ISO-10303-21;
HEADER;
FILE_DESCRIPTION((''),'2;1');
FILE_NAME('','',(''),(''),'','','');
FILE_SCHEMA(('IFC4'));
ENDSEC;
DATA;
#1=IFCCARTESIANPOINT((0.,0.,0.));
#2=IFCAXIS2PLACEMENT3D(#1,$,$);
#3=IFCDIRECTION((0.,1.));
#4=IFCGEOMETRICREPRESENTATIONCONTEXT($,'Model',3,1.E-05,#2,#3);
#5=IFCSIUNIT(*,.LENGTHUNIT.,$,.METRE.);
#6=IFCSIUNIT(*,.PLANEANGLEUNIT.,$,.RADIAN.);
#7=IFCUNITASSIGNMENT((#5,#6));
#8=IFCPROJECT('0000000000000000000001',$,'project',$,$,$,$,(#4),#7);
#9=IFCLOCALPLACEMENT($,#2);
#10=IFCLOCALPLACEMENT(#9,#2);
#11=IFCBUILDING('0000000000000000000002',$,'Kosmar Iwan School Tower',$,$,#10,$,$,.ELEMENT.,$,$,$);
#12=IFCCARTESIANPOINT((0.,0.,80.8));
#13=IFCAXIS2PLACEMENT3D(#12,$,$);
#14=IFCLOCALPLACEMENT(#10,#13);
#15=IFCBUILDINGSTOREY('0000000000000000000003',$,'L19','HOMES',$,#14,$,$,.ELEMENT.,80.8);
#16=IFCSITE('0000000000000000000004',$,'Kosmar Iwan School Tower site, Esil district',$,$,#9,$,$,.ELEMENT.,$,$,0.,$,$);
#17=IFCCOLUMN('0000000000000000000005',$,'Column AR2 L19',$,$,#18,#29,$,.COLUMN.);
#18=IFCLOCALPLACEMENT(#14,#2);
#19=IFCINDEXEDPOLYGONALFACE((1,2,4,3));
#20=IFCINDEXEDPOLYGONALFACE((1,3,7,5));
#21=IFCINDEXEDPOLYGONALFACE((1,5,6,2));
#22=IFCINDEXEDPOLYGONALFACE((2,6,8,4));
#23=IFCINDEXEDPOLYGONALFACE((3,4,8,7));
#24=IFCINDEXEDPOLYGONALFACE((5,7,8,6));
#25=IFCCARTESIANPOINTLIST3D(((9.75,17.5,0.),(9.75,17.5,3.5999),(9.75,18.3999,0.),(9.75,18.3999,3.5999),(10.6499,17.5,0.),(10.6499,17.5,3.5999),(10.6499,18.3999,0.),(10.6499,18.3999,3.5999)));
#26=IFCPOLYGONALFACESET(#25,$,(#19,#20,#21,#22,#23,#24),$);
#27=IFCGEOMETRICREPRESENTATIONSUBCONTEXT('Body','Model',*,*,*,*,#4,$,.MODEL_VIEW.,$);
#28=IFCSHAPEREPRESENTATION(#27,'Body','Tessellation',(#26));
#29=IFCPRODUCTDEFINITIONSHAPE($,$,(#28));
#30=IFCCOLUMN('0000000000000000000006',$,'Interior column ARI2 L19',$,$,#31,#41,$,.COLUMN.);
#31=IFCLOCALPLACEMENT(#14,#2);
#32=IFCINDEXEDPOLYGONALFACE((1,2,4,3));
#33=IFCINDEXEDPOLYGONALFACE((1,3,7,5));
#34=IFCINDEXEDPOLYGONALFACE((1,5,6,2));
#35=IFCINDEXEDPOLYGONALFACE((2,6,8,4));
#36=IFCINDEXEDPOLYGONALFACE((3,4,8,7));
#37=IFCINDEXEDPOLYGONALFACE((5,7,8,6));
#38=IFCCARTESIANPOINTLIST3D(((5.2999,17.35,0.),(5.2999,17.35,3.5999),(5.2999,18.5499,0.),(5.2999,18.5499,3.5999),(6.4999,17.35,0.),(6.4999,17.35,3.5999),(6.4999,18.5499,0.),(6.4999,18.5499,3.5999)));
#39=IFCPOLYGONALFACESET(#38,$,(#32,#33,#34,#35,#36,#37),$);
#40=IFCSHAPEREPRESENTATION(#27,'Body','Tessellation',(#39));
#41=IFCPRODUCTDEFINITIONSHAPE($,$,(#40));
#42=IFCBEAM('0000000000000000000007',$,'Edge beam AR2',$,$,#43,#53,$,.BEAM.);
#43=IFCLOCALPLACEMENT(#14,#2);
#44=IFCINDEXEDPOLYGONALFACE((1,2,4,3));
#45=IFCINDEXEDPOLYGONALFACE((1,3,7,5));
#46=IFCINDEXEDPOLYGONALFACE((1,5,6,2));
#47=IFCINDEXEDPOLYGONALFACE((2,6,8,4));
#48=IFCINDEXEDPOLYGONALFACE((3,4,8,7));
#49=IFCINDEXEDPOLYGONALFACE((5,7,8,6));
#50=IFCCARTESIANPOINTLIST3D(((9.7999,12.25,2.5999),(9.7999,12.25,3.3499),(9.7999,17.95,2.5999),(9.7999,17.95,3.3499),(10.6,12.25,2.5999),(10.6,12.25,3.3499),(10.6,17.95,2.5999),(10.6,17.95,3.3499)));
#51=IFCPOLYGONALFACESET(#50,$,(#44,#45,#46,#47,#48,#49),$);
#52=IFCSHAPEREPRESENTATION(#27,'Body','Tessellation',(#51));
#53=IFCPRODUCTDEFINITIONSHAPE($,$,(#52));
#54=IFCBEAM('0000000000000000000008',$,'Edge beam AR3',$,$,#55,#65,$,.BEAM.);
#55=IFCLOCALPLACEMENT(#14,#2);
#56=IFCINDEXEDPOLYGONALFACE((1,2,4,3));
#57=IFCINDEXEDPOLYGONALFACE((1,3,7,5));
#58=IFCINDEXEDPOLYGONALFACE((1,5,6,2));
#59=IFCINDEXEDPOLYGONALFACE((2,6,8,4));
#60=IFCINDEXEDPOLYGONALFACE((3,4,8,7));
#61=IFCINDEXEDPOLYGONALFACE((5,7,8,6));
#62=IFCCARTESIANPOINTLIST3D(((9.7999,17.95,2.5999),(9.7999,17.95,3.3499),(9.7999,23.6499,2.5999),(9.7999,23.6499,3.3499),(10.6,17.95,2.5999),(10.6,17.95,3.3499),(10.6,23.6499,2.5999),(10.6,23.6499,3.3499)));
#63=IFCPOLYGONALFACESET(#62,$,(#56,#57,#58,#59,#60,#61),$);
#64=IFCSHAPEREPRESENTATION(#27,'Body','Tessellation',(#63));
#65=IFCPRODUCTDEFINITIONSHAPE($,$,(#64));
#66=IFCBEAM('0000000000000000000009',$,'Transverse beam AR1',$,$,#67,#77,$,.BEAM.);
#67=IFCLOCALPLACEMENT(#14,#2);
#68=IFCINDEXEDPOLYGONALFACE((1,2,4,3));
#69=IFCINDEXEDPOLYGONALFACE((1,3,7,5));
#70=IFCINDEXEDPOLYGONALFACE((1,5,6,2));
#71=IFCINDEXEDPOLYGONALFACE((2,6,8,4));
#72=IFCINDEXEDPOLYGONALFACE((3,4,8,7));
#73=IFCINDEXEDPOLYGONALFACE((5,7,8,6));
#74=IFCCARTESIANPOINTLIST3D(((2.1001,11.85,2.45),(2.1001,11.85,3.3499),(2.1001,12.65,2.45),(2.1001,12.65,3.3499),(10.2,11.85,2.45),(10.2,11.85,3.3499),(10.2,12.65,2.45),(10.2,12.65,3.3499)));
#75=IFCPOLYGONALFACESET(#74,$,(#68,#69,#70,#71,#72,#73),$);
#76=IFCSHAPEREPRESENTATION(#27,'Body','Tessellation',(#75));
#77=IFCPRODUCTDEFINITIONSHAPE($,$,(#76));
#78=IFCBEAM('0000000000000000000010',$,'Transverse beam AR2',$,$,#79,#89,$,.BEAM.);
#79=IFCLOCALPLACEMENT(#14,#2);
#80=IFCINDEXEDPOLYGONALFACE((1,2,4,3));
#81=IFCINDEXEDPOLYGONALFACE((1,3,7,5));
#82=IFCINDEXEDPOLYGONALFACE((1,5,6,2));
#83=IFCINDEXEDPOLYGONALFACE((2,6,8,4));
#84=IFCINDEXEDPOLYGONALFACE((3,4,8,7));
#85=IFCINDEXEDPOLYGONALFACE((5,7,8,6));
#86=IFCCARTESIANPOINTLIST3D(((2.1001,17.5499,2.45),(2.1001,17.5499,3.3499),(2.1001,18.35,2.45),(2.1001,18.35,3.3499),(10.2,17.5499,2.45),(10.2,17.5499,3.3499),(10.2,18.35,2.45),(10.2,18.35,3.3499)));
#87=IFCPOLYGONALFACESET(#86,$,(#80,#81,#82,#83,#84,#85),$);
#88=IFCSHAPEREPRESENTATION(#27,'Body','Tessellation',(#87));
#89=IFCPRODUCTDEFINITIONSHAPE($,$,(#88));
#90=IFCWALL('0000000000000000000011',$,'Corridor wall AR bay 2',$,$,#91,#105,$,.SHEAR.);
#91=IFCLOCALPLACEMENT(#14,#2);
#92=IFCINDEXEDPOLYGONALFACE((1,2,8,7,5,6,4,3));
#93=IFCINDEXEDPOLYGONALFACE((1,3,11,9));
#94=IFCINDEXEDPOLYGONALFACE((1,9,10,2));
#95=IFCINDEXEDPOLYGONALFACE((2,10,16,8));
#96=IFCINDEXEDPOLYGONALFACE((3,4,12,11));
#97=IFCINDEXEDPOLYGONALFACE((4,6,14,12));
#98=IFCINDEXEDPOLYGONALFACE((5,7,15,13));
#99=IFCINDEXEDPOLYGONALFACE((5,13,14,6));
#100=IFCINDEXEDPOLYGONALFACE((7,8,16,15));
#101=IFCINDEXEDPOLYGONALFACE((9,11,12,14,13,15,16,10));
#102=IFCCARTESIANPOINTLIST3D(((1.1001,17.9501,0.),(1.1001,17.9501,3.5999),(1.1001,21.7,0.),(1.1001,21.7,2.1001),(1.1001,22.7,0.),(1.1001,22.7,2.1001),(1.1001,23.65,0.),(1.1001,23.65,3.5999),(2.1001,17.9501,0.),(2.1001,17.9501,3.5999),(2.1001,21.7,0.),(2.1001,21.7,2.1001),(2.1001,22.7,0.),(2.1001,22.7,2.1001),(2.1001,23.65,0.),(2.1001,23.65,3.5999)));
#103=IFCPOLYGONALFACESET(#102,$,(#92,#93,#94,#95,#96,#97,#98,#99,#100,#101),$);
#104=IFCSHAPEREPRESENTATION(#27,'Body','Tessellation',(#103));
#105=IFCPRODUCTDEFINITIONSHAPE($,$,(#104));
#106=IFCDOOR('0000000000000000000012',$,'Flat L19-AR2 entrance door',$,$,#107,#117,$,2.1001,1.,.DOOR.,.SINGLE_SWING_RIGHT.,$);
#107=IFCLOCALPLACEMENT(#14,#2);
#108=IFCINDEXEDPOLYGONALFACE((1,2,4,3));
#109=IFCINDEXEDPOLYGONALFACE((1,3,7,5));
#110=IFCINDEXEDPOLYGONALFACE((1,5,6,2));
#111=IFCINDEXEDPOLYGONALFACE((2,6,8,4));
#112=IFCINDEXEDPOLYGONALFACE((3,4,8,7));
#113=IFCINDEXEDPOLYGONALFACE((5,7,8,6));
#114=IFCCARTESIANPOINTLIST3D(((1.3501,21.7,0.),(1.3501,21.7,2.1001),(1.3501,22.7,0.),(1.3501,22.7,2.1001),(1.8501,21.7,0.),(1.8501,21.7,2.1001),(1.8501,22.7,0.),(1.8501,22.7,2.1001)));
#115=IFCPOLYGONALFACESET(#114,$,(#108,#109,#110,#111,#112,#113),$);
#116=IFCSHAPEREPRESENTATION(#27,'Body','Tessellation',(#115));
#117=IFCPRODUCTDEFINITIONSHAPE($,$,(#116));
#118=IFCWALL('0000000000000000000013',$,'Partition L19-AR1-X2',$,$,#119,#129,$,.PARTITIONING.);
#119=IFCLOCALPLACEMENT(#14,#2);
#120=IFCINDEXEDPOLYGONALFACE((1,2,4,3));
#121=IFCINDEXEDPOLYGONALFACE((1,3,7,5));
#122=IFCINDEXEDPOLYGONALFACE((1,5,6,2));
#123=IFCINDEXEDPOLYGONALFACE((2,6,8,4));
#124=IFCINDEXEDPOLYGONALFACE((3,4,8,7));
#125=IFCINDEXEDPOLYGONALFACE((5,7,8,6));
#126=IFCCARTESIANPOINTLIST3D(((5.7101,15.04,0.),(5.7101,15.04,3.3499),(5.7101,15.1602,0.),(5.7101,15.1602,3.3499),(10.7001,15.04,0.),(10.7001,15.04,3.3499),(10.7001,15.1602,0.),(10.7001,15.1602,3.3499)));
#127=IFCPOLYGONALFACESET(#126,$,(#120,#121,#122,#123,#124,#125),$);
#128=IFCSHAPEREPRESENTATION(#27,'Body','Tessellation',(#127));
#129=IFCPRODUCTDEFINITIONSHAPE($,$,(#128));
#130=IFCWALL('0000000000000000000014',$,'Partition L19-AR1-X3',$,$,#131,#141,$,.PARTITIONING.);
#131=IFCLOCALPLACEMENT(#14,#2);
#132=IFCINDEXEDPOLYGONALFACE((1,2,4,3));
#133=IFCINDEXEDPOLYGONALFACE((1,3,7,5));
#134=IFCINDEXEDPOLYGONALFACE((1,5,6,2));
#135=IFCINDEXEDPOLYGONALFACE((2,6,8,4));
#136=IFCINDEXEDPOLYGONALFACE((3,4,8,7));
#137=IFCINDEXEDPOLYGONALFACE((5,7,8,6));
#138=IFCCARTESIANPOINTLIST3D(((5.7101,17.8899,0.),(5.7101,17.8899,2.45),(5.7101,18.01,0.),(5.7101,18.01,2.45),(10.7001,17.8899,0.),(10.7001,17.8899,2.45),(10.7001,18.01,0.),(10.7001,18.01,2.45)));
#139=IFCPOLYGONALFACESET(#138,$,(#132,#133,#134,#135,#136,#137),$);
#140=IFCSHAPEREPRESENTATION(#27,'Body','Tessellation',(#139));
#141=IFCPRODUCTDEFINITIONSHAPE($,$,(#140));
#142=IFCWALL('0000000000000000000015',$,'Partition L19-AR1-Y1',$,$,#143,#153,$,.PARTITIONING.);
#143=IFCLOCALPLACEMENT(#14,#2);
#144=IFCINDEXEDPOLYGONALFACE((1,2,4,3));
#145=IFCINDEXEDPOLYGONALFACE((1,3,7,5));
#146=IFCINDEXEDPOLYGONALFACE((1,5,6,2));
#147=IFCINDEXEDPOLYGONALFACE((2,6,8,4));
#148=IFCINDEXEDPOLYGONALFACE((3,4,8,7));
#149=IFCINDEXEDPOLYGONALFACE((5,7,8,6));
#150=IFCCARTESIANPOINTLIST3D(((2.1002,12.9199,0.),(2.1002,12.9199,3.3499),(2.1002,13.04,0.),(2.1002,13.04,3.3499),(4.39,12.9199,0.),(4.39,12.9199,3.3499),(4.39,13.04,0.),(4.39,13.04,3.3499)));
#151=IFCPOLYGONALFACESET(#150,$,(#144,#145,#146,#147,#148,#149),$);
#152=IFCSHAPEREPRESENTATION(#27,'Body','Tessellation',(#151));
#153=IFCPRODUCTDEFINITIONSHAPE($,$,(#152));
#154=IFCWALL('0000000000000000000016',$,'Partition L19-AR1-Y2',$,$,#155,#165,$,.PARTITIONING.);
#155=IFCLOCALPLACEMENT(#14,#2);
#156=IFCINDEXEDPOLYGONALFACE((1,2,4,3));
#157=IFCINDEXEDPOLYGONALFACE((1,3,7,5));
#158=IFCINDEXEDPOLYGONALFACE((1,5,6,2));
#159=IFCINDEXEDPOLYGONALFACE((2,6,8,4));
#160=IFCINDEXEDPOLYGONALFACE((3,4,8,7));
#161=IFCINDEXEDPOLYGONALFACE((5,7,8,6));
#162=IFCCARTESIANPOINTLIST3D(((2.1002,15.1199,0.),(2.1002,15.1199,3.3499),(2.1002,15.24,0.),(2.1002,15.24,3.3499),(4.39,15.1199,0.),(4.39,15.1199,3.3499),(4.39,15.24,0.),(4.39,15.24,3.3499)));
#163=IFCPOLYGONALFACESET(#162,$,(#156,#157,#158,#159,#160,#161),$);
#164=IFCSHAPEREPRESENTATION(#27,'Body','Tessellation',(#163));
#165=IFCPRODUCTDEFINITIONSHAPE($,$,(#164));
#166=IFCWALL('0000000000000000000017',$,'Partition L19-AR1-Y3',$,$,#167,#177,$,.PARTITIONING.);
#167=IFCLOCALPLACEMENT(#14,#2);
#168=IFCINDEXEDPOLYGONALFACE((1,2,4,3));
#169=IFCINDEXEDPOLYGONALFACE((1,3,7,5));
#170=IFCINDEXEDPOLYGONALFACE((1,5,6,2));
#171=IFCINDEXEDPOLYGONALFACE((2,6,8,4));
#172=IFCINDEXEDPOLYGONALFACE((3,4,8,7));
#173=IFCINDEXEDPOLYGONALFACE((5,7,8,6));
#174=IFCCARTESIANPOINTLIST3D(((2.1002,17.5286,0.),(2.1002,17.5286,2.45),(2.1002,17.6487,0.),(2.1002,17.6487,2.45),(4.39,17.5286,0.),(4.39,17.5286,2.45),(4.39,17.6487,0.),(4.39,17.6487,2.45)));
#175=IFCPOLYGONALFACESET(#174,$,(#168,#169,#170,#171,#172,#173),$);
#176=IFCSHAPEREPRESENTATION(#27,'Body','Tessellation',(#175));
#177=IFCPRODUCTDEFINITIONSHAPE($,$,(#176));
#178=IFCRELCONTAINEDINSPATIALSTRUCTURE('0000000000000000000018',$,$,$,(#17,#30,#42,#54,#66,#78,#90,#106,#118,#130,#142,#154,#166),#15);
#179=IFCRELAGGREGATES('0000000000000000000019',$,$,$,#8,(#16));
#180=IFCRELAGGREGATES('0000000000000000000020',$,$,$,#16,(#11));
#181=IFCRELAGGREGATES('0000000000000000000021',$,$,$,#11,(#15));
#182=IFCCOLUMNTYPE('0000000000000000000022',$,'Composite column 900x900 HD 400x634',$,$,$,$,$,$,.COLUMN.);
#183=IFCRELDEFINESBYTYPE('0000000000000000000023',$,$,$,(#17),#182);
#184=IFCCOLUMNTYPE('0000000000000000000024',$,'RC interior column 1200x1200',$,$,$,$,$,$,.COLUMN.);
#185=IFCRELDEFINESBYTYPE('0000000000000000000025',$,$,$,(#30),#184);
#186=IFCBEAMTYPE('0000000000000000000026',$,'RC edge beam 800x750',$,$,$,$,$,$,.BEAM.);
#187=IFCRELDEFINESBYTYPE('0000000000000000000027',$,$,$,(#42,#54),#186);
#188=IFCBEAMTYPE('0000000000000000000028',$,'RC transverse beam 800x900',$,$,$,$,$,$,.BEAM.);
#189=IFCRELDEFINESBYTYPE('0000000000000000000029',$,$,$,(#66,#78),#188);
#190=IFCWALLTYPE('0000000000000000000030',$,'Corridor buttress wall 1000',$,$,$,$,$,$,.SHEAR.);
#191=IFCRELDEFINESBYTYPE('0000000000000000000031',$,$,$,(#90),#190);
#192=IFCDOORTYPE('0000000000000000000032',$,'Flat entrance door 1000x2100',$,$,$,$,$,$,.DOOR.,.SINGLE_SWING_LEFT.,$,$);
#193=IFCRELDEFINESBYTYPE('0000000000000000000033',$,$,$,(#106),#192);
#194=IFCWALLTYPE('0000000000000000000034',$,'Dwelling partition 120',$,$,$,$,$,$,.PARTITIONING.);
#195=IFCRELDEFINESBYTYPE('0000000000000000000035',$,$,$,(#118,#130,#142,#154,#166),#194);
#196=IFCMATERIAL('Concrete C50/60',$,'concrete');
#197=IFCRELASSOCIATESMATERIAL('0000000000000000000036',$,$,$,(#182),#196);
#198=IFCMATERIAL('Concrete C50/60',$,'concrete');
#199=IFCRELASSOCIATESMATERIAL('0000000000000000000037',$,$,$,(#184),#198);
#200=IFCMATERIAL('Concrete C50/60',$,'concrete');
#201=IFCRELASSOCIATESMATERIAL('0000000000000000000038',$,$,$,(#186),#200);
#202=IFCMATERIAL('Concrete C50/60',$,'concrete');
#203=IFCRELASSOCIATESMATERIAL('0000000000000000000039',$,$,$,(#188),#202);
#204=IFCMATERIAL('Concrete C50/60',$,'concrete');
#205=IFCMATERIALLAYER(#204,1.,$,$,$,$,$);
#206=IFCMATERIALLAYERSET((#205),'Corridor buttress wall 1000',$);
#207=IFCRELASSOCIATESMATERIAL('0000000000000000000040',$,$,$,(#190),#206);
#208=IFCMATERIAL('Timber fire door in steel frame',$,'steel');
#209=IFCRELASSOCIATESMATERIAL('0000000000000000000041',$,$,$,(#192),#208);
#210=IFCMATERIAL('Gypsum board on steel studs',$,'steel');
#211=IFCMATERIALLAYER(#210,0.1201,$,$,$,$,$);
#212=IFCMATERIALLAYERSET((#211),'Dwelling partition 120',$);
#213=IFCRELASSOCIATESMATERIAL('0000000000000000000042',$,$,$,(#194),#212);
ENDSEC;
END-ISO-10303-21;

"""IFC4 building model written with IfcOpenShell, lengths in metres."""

from ifc_helpers import new_model, si_unit, direction, frame, frame_2d, origin, origin_2d, place, context, subcontext, project, spatial, rectangle, extrude, material, layer, layer_set, material_profile, profile_set, type_object, element, fill, save


model = new_model("IFC4")

# Units and contexts
model_context = context("Model", 3, precision=1e-05, world=origin(), true_north=direction((0.0, 1.0)))
body_context = subcontext(model_context, "Body", "Model", "MODEL_VIEW")
ifc_project = project(units=[si_unit("LENGTHUNIT", "METRE"), si_unit("PLANEANGLEUNIT", "RADIAN")], contexts=[model_context])

# Site, building, storey
site_placement = place(None, origin())
site = spatial("IfcSite", under=ifc_project, at=site_placement, Name="Kosmar Iwan School Tower site, Esil district", CompositionType="ELEMENT", RefElevation=0.0)
building_placement = place(site_placement, origin())
building = spatial("IfcBuilding", under=site, at=building_placement, Name="Kosmar Iwan School Tower", CompositionType="ELEMENT")
storey_placement = place(building_placement, frame((0.0, 0.0, 80.8)))
storey = spatial("IfcBuildingStorey", under=building, at=storey_placement, Name="L19", Description="HOMES", CompositionType="ELEMENT", Elevation=80.8)

# Columns
ifc_material_1 = material(Name="Concrete C50/60", Category="concrete")
ifc_material_profile_1 = material_profile(ifc_material_1, rectangle(XDim=0.8999, YDim=0.8999, at=origin_2d()), Name="RC 900x900 + HD 400x634")
ifc_profile_set_1 = profile_set([ifc_material_profile_1], Name="Concrete C50/60")
column_type_1 = type_object("IfcColumnType", Name="Composite column 900x900 HD 400x634", PredefinedType="COLUMN", material=ifc_profile_set_1)
column_1_placement = place(storey_placement, frame((10.2, 17.95, 0.0), z_axis=(0.0, 0.0, 1.0), x_axis=(0.0, 1.0, 0.0)))
element("IfcColumn", 1, at=column_1_placement, inside=storey, type_object=column_type_1, Name="Column AR2 L19", PredefinedType="COLUMN", context=body_context, shape_type="SweptSolid", body=[
    extrude(rectangle(XDim=0.8999, YDim=0.8999, at=origin_2d()), origin(), (0.0, 0.0, 1.0), 3.5999),
])
ifc_material_2 = material(Name="Concrete C50/60", Category="concrete")
ifc_material_profile_2 = material_profile(ifc_material_2, rectangle(XDim=1.2, YDim=1.2, at=origin_2d()), Name="RC 1200x1200")
ifc_profile_set_2 = profile_set([ifc_material_profile_2], Name="Concrete C50/60")
column_type_2 = type_object("IfcColumnType", Name="RC interior column 1200x1200", PredefinedType="COLUMN", material=ifc_profile_set_2)
column_2_placement = place(storey_placement, frame((5.8999, 17.95, 0.0), z_axis=(0.0, 0.0, 1.0), x_axis=(0.0, 1.0, 0.0)))
element("IfcColumn", 2, at=column_2_placement, inside=storey, type_object=column_type_2, Name="Interior column ARI2 L19", PredefinedType="COLUMN", context=body_context, shape_type="SweptSolid", body=[
    extrude(rectangle(XDim=1.2, YDim=1.2, at=origin_2d()), origin(), (0.0, 0.0, 1.0), 3.5999),
])

# Beams
ifc_material_3 = material(Name="Concrete C50/60", Category="concrete")
ifc_material_profile_3 = material_profile(ifc_material_3, rectangle(XDim=0.8, YDim=0.75, at=origin_2d()), Name="RC 800x750")
ifc_profile_set_3 = profile_set([ifc_material_profile_3], Name="Concrete C50/60")
beam_type_1 = type_object("IfcBeamType", Name="RC edge beam 800x750", PredefinedType="BEAM", material=ifc_profile_set_3)
for number, where, z_axis, x_axis, name in (
    (3, (10.2, 12.25, 2.9749), (0.0, 1.0, 0.0), (-1.0, 0.0, 0.0), "Edge beam AR2"),
    (4, (10.2, 17.95, 2.9749), (0.0, 1.0, 0.0), (-1.0, 0.0, 0.0), "Edge beam AR3"),
):
    element("IfcBeam", number, at=place(storey_placement, frame(where, z_axis=z_axis, x_axis=x_axis)), inside=storey, type_object=beam_type_1, Name=name, PredefinedType="BEAM", context=body_context, shape_type="SweptSolid", body=[
        extrude(rectangle(XDim=0.8, YDim=0.75, at=origin_2d()), origin(), (0.0, 0.0, 1.0), 5.7),
    ])
ifc_material_4 = material(Name="Concrete C50/60", Category="concrete")
ifc_material_profile_4 = material_profile(ifc_material_4, rectangle(XDim=0.8, YDim=0.8999, at=origin_2d()), Name="RC 800x900")
ifc_profile_set_4 = profile_set([ifc_material_profile_4], Name="Concrete C50/60")
beam_type_2 = type_object("IfcBeamType", Name="RC transverse beam 800x900", PredefinedType="BEAM", material=ifc_profile_set_4)
for number, where, z_axis, x_axis, name in (
    (5, (10.2, 12.25, 2.8999), (-1.0, 0.0, 0.0), (0.0, -1.0, 0.0), "Transverse beam AR1"),
    (6, (10.2, 17.95, 2.8999), (-1.0, 0.0, 0.0), (0.0, -1.0, 0.0), "Transverse beam AR2"),
):
    element("IfcBeam", number, at=place(storey_placement, frame(where, z_axis=z_axis, x_axis=x_axis)), inside=storey, type_object=beam_type_2, Name=name, PredefinedType="BEAM", context=body_context, shape_type="SweptSolid", body=[
        extrude(rectangle(XDim=0.8, YDim=0.8999, at=origin_2d()), origin(), (0.0, 0.0, 1.0), 8.0999),
    ])

# Wall, opening, door
ifc_material_5 = material(Name="Concrete C50/60", Category="concrete")
ifc_layer_1 = layer(ifc_material_5, 1.0)
ifc_layer_set_1 = layer_set([ifc_layer_1], Name="Corridor buttress wall 1000")
wall_type_1 = type_object("IfcWallType", Name="Corridor buttress wall 1000", PredefinedType="SHEAR", material=ifc_layer_set_1)
wall_1_placement = place(storey_placement, frame((1.6001, 17.95, 0.0), z_axis=(0.0, 0.0, 1.0), x_axis=(0.0, 1.0, 0.0)))
wall_1 = element("IfcWall", 7, at=wall_1_placement, inside=storey, type_object=wall_type_1, Name="Corridor wall AR bay 2", PredefinedType="SHEAR", context=body_context, shape_type="SweptSolid", body=[
    extrude(rectangle(XDim=5.7, YDim=1.0, at=frame_2d((2.8501, 0.0))), origin(), (0.0, 0.0, 1.0), 3.5999),
])
opening_placement = place(wall_1_placement, frame((3.75, 0.0, 0.0)))
opening = element("IfcOpeningElement", 8, at=opening_placement, cuts=wall_1, PredefinedType="OPENING", context=body_context, shape_type="SweptSolid", body=[
    extrude(rectangle(XDim=1.0, YDim=2.1001, at=frame_2d((0.5, 1.05))), frame((0.0, 0.512, 0.0), z_axis=(0.0, -1.0, 0.0), x_axis=(1.0, 0.0, 0.0)), (0.0, 0.0, 1.0), 1.0239),
])
ifc_material_6 = material(Name="Timber fire door in steel frame", Category="steel")
door_type = type_object("IfcDoorType", Name="Flat entrance door 1000x2100", OperationType="SINGLE_SWING_LEFT", PredefinedType="DOOR", material=ifc_material_6)
door_placement = place(opening_placement, origin())
door = element("IfcDoor", 9, at=door_placement, inside=storey, type_object=door_type, Name="Flat L19-AR2 entrance door", OperationType="SINGLE_SWING_RIGHT", OverallHeight=2.1001, OverallWidth=1.0, PredefinedType="DOOR", context=body_context, shape_type="SweptSolid", body=[
    extrude(rectangle(XDim=1.0, YDim=2.1001, at=frame_2d((0.5, 1.05))), frame((0.0, 0.25, 0.0), z_axis=(0.0, -1.0, 0.0), x_axis=(1.0, 0.0, 0.0)), (0.0, 0.0, 1.0), 0.5),
])
fill(opening, door)

# Walls
ifc_material_7 = material(Name="Gypsum board on steel studs", Category="steel")
ifc_layer_2 = layer(ifc_material_7, 0.1201)
ifc_layer_set_2 = layer_set([ifc_layer_2], Name="Dwelling partition 120")
wall_type_2 = type_object("IfcWallType", Name="Dwelling partition 120", PredefinedType="PARTITIONING", material=ifc_layer_set_2)
wall_2_placement = place(storey_placement, frame((5.71, 15.1001, 0.0), z_axis=(0.0, 0.0, 1.0), x_axis=(1.0, 0.0, 0.0)))
element("IfcWall", 10, at=wall_2_placement, inside=storey, type_object=wall_type_2, Name="Partition L19-AR1-X2", PredefinedType="PARTITIONING", context=body_context, shape_type="SweptSolid", body=[
    extrude(rectangle(XDim=4.99, YDim=0.1201, at=frame_2d((2.4951, 0.0))), origin(), (0.0, 0.0, 1.0), 3.3499),
])
wall_3_placement = place(storey_placement, frame((5.71, 17.95, 0.0), z_axis=(0.0, 0.0, 1.0), x_axis=(1.0, 0.0, 0.0)))
element("IfcWall", 11, at=wall_3_placement, inside=storey, type_object=wall_type_2, Name="Partition L19-AR1-X3", PredefinedType="PARTITIONING", context=body_context, shape_type="SweptSolid", body=[
    extrude(rectangle(XDim=4.99, YDim=0.1201, at=frame_2d((2.4951, 0.0))), origin(), (0.0, 0.0, 1.0), 2.45),
])
for number, where, z_axis, x_axis, name in (
    (12, (2.1001, 12.98, 0.0), (0.0, 0.0, 1.0), (1.0, 0.0, 0.0), "Partition L19-AR1-Y1"),
    (13, (2.1001, 15.1799, 0.0), (0.0, 0.0, 1.0), (1.0, 0.0, 0.0), "Partition L19-AR1-Y2"),
):
    element("IfcWall", number, at=place(storey_placement, frame(where, z_axis=z_axis, x_axis=x_axis)), inside=storey, type_object=wall_type_2, Name=name, PredefinedType="PARTITIONING", context=body_context, shape_type="SweptSolid", body=[
        extrude(rectangle(XDim=2.2898, YDim=0.1201, at=frame_2d((1.145, 0.0))), origin(), (0.0, 0.0, 1.0), 3.3499),
    ])
wall_4_placement = place(storey_placement, frame((2.1001, 17.5886, 0.0), z_axis=(0.0, 0.0, 1.0), x_axis=(1.0, 0.0, 0.0)))
element("IfcWall", 14, at=wall_4_placement, inside=storey, type_object=wall_type_2, Name="Partition L19-AR1-Y3", PredefinedType="PARTITIONING", context=body_context, shape_type="SweptSolid", body=[
    extrude(rectangle(XDim=2.2898, YDim=0.1201, at=frame_2d((1.145, 0.0))), origin(), (0.0, 0.0, 1.0), 2.45),
])

save(model, "model.ifc")
